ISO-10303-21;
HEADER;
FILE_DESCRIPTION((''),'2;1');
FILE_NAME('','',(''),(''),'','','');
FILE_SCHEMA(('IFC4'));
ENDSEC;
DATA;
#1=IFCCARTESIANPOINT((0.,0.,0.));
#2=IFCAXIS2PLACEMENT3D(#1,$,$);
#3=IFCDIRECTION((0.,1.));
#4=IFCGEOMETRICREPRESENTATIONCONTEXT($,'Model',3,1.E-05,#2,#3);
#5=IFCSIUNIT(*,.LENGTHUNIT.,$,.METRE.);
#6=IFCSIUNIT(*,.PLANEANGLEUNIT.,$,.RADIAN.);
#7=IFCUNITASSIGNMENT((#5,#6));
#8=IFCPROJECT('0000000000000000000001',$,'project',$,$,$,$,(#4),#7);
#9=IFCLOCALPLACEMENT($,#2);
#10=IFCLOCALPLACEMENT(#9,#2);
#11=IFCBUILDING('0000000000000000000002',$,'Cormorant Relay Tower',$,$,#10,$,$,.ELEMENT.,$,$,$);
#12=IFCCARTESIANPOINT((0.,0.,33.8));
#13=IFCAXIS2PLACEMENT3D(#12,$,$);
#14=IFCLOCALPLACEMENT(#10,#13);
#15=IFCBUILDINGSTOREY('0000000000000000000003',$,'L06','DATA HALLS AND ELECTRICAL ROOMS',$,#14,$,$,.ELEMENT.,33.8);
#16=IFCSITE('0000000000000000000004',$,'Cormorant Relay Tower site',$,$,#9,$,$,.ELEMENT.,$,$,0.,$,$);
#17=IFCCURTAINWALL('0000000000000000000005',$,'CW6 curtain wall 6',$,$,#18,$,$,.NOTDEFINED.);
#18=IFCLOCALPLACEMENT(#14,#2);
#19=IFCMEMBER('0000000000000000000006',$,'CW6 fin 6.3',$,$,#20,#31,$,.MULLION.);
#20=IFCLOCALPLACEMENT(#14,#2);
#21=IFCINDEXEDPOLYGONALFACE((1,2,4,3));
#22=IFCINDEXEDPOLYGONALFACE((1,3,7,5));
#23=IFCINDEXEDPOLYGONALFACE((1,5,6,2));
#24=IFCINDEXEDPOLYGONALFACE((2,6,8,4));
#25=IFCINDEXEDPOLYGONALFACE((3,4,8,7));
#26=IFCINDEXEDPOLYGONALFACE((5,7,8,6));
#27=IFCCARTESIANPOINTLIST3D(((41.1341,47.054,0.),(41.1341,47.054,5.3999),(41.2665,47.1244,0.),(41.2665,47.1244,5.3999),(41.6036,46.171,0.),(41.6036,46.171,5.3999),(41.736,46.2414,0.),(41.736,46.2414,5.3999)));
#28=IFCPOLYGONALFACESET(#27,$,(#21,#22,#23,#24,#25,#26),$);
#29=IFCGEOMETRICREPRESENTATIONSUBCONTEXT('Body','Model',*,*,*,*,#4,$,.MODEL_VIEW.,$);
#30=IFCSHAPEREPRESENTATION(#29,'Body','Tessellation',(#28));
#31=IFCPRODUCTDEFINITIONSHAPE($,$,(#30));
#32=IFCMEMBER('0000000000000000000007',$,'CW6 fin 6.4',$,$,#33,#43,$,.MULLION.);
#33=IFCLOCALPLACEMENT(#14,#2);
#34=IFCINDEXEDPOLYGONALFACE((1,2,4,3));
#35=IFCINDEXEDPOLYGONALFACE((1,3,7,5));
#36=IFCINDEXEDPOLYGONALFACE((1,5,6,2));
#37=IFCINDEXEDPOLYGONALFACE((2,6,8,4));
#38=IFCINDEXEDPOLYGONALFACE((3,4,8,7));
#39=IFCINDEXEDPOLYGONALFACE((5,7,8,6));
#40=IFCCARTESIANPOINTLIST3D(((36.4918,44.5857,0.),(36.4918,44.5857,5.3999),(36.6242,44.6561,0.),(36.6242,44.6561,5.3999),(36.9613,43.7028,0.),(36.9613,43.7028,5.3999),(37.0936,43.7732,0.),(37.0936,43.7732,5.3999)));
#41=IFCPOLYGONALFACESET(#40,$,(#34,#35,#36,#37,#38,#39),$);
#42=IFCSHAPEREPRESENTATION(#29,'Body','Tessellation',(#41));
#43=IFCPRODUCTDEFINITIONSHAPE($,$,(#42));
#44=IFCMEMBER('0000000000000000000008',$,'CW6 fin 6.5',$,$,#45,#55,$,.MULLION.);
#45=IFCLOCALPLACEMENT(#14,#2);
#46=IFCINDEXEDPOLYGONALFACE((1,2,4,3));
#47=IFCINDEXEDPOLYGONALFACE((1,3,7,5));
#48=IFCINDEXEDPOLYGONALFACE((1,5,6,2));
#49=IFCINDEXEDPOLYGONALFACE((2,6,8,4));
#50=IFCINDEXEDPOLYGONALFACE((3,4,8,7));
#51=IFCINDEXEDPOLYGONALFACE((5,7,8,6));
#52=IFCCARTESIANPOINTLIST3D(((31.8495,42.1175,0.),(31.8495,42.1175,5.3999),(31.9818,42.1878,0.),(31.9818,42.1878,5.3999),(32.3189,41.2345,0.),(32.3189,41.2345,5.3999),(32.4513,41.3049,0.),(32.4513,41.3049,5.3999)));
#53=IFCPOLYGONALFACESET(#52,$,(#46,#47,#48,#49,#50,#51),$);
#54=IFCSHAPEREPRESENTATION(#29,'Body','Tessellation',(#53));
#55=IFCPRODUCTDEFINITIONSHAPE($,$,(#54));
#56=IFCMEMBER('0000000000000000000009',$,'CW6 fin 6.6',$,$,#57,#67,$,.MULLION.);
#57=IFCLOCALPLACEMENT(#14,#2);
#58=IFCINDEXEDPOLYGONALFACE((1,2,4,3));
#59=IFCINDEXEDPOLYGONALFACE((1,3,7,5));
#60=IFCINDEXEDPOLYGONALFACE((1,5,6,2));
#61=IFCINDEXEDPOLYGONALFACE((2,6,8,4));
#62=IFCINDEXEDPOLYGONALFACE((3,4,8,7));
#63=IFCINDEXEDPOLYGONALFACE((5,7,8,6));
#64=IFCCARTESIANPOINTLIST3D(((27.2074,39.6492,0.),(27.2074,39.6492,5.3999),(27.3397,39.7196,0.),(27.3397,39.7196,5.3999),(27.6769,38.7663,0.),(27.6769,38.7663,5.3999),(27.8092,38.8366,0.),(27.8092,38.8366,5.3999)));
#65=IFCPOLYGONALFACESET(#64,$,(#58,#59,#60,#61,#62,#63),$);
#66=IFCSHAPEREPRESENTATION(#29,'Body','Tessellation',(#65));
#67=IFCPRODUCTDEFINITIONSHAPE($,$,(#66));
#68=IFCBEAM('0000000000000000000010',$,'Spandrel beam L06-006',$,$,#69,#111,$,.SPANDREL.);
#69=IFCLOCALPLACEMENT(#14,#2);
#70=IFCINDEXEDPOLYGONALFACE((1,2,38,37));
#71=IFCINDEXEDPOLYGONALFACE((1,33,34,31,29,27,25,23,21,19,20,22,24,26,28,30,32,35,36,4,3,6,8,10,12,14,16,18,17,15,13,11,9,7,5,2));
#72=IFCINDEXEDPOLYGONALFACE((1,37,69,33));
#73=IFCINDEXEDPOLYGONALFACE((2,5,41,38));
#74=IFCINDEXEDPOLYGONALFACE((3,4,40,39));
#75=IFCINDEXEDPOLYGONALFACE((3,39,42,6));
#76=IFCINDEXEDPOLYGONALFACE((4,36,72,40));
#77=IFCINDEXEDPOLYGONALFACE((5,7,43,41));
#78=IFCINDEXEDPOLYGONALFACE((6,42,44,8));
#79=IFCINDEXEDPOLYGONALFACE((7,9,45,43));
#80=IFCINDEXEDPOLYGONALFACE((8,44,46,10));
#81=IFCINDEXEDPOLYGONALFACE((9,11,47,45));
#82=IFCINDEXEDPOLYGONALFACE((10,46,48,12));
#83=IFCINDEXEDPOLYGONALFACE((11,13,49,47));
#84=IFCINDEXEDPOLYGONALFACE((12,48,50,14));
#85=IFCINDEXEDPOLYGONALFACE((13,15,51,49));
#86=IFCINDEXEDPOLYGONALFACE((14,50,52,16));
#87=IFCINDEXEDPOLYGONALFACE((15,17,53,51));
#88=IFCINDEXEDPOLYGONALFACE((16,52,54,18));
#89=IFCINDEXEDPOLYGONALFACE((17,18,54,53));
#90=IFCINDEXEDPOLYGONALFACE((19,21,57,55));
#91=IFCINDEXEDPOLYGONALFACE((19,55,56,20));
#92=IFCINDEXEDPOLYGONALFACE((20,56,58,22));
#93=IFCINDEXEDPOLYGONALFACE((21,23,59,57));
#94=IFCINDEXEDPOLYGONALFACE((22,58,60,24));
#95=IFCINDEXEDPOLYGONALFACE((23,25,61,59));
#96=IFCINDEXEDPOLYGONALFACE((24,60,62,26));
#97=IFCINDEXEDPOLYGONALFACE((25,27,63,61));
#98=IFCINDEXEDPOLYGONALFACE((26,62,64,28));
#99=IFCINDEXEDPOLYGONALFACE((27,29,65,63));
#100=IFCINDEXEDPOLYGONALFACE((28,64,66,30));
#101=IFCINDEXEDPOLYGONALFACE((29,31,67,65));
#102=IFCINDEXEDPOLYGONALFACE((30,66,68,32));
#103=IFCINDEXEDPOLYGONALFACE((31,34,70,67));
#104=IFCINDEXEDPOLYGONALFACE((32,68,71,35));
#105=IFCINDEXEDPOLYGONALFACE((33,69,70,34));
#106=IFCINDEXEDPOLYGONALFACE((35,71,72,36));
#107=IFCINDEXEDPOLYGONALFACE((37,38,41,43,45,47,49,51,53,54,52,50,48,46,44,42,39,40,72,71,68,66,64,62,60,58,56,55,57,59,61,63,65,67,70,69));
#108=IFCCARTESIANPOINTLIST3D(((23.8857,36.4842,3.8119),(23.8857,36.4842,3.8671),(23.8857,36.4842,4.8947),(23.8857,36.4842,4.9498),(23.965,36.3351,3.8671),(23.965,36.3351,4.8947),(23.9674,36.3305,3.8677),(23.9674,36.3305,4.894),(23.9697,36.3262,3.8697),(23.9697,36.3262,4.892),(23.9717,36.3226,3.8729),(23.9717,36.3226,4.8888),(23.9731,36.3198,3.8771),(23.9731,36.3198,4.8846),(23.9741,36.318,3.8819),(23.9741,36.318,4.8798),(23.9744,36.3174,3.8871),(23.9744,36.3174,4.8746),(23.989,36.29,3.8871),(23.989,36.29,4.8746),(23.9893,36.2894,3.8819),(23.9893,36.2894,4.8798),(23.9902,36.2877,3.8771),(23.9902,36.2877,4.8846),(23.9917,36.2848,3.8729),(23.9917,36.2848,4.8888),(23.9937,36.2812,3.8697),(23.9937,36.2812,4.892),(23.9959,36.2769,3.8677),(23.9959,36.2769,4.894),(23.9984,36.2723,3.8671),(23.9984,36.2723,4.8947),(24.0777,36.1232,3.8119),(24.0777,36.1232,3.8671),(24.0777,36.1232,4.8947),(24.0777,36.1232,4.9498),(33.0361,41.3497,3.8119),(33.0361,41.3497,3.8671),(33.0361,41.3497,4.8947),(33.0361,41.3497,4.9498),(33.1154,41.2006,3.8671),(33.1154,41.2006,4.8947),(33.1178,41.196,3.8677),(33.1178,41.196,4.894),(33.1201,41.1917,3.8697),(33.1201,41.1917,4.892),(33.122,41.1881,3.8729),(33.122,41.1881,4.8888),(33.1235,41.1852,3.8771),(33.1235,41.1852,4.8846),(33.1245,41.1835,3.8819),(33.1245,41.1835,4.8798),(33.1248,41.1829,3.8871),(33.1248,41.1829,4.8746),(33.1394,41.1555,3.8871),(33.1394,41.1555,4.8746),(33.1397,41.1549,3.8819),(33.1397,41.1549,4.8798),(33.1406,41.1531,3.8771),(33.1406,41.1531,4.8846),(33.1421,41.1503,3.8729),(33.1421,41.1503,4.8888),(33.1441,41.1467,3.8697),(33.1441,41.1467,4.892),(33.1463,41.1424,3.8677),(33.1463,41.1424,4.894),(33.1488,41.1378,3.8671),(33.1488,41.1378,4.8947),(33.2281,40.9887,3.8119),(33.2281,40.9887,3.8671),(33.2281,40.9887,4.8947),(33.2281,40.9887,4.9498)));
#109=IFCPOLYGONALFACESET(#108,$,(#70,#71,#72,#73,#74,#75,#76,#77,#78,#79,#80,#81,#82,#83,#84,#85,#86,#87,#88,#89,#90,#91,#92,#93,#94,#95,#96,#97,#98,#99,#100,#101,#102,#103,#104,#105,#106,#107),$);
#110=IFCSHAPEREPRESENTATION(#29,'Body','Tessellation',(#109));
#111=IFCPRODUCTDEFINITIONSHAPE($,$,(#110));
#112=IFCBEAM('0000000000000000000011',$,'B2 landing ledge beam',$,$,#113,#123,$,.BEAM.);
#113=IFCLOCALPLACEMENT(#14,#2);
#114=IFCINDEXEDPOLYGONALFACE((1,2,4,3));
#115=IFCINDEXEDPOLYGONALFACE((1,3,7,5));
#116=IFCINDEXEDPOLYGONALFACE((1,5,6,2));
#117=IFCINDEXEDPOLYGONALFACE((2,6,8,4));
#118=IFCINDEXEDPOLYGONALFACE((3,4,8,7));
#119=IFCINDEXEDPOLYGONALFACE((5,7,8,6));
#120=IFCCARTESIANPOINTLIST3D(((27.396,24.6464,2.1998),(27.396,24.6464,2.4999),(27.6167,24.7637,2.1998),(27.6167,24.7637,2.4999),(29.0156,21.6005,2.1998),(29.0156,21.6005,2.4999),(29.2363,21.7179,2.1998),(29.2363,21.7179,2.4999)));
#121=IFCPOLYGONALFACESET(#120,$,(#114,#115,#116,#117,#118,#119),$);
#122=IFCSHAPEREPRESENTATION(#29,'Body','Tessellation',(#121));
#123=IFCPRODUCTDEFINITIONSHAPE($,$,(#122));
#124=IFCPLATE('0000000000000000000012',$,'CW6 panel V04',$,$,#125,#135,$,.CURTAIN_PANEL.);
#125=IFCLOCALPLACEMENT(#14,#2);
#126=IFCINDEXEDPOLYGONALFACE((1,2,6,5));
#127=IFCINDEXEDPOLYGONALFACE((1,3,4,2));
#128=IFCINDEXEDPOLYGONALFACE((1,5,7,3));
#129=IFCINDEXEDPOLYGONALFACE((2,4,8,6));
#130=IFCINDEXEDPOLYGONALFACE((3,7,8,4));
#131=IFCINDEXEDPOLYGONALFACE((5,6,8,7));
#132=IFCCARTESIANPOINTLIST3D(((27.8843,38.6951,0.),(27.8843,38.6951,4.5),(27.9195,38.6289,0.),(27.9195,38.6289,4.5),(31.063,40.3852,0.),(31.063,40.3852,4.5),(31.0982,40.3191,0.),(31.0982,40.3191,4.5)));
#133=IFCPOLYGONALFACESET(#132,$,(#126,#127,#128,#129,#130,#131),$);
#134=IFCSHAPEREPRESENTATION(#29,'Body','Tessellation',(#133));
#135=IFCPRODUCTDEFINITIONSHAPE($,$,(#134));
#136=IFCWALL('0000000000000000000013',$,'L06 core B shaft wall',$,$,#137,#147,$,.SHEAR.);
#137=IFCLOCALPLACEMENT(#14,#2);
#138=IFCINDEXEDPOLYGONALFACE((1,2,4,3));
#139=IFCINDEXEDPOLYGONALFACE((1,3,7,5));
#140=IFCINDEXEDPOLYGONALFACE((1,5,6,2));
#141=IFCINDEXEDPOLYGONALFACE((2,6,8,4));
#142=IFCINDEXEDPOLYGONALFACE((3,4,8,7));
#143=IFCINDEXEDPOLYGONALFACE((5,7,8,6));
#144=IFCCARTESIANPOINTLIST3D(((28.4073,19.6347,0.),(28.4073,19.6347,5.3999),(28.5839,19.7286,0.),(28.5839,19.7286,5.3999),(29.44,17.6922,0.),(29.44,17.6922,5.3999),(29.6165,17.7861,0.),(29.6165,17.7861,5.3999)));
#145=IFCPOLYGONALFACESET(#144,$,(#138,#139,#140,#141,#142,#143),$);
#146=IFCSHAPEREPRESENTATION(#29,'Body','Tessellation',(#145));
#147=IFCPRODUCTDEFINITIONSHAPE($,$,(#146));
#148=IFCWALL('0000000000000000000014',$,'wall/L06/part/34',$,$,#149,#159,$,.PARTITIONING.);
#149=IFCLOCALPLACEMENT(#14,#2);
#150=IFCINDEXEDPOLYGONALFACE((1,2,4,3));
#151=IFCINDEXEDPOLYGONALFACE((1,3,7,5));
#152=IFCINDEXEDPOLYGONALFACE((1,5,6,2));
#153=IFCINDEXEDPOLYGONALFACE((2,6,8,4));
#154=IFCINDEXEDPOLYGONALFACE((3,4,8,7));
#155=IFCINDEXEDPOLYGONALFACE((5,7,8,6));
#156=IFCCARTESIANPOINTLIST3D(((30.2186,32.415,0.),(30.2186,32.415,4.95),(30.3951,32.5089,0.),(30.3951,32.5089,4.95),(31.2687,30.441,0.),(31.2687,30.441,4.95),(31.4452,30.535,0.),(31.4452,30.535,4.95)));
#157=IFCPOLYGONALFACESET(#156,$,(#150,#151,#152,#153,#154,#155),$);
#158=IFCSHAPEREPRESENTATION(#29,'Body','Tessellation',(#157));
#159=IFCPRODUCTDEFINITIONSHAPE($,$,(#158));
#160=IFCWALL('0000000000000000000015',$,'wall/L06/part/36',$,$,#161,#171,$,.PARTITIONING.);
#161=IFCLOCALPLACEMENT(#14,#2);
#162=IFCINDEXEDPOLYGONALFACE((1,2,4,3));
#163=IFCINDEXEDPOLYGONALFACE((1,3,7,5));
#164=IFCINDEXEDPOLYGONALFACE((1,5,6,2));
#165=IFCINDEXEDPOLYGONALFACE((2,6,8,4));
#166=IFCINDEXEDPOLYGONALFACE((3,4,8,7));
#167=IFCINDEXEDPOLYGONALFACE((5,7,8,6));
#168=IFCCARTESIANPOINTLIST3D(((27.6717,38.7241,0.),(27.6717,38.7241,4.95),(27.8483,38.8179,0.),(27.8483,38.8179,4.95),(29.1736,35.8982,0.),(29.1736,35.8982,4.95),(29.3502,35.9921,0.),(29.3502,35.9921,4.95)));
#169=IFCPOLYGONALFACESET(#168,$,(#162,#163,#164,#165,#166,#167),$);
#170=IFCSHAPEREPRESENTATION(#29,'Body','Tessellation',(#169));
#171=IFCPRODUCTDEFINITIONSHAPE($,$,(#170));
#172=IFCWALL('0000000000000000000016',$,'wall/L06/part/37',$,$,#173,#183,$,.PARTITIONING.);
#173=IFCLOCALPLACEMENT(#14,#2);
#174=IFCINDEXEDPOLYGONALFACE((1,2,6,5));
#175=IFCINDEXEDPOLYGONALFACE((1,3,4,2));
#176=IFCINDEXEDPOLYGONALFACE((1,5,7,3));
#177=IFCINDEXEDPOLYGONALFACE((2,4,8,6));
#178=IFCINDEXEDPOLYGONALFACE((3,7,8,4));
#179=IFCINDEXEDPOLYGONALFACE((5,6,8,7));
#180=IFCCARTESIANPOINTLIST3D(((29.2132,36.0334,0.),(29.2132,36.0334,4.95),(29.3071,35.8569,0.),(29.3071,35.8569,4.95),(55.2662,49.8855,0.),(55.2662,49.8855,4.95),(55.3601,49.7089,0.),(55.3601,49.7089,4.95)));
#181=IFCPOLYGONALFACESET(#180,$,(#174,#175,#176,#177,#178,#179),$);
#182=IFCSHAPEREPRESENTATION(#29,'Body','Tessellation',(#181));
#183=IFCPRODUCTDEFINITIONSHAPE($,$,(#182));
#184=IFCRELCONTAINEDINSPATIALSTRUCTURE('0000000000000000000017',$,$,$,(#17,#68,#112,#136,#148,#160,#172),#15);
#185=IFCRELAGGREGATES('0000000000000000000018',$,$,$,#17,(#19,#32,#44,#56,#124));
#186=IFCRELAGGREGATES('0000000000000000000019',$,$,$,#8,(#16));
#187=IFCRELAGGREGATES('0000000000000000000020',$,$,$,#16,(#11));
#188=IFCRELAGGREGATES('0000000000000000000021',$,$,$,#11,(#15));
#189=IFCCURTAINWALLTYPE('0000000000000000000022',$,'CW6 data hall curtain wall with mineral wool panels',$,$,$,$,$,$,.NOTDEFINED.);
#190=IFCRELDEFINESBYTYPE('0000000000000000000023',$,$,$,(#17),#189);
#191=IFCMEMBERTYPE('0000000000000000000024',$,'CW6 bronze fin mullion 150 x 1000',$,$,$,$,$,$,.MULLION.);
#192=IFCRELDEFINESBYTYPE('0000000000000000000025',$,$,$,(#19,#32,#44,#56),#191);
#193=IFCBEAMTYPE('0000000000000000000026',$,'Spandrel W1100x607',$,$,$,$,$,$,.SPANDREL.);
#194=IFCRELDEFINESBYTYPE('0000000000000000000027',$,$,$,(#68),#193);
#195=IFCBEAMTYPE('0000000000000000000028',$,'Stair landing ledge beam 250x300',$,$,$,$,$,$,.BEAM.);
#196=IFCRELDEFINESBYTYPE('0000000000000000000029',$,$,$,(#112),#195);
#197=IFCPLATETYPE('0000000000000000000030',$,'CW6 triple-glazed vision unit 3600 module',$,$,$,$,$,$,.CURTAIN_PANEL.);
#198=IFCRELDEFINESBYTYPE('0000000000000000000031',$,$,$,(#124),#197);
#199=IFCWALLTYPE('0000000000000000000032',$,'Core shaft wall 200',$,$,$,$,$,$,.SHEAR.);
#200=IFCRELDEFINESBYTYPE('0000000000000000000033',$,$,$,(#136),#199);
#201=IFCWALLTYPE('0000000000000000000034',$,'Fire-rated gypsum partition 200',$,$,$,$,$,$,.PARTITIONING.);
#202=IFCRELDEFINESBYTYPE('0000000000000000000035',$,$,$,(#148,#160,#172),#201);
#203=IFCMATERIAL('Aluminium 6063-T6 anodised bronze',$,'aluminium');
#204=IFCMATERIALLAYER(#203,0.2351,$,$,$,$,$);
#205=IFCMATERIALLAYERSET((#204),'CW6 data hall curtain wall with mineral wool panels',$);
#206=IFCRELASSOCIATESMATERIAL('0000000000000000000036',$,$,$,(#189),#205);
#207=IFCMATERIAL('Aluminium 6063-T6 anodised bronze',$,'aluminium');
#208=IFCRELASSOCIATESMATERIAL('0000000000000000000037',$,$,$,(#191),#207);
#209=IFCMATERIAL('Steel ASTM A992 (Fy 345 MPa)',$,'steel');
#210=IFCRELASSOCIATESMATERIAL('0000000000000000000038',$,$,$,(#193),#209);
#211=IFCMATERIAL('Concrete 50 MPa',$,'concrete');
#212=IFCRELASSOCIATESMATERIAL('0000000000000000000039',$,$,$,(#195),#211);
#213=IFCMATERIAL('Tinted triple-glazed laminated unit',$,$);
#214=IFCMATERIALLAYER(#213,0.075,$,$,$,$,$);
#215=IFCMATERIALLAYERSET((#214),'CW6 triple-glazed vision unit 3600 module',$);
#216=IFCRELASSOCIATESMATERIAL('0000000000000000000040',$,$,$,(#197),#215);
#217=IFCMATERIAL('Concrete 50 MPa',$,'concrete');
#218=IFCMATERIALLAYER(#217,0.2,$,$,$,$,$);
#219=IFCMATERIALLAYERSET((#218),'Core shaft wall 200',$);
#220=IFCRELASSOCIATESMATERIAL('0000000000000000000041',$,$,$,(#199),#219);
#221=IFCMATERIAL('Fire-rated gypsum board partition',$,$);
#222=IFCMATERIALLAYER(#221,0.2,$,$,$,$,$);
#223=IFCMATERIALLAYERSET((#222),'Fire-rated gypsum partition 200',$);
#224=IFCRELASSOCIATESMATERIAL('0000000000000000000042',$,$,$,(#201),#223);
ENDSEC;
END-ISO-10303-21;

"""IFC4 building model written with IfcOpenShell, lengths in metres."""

from ifc_helpers import new_model, si_unit, direction, frame, frame_2d, origin, origin_2d, place, context, subcontext, project, spatial, rectangle, i_section, extrude, material, layer, layer_set, material_profile, profile_set, type_object, element, aggregate, save


model = new_model("IFC4")

# Units and contexts
model_context = context("Model", 3, precision=1e-05, world=origin(), true_north=direction((0.0, 1.0)))
body_context = subcontext(model_context, "Body", "Model", "MODEL_VIEW")
ifc_project = project(units=[si_unit("LENGTHUNIT", "METRE"), si_unit("PLANEANGLEUNIT", "RADIAN")], contexts=[model_context])

# Site, building, storey
site_placement = place(None, origin())
site = spatial("IfcSite", under=ifc_project, at=site_placement, Name="Cormorant Relay Tower site", CompositionType="ELEMENT", RefElevation=0.0)
building_placement = place(site_placement, origin())
building = spatial("IfcBuilding", under=site, at=building_placement, Name="Cormorant Relay Tower", CompositionType="ELEMENT")
storey_placement = place(building_placement, frame((0.0, 0.0, 33.8)))
storey = spatial("IfcBuildingStorey", under=building, at=storey_placement, Name="L06", Description="DATA HALLS AND ELECTRICAL ROOMS", CompositionType="ELEMENT", Elevation=33.8)

# Curtain wall, members
ifc_material_1 = material(Name="Aluminium 6063-T6 anodised bronze", Category="aluminium")
ifc_layer_1 = layer(ifc_material_1, 0.2351)
ifc_layer_set_1 = layer_set([ifc_layer_1], Name="CW6 data hall curtain wall with mineral wool panels")
curtain_wall_type = type_object("IfcCurtainWallType", Name="CW6 data hall curtain wall with mineral wool panels", PredefinedType="NOTDEFINED", material=ifc_layer_set_1)
curtain_wall_placement = place(storey_placement, origin())
curtain_wall = element("IfcCurtainWall", 1, at=curtain_wall_placement, inside=storey, type_object=curtain_wall_type, Name="CW6 curtain wall 6", PredefinedType="NOTDEFINED")
ifc_material_2 = material(Name="Aluminium 6063-T6 anodised bronze", Category="aluminium")
ifc_material_profile_1 = material_profile(ifc_material_2, rectangle(XDim=0.1499, YDim=1.0, at=origin_2d()), Name="AL 150x1000")
ifc_profile_set_1 = profile_set([ifc_material_profile_1], Name="Aluminium 6063-T6 anodised bronze")
member_type = type_object("IfcMemberType", Name="CW6 bronze fin mullion 150 x 1000", PredefinedType="MULLION", material=ifc_profile_set_1)
member_1_placement = place(storey_placement, frame((41.4351, 46.6477, 0.0), z_axis=(0.0, 0.0, 1.0), x_axis=(-0.882948, -0.469472, 0.0)))
member_1 = element("IfcMember", 2, at=member_1_placement, type_object=member_type, Name="CW6 fin 6.3", PredefinedType="MULLION", context=body_context, shape_type="SweptSolid", body=[
    extrude(rectangle(XDim=0.1499, YDim=1.0, at=origin_2d()), origin(), (0.0, 0.0, 1.0), 5.3999),
])
member_2_placement = place(storey_placement, frame((36.7927, 44.1794, 0.0), z_axis=(0.0, 0.0, 1.0), x_axis=(-0.882948, -0.469472, 0.0)))
member_2 = element("IfcMember", 3, at=member_2_placement, type_object=member_type, Name="CW6 fin 6.4", PredefinedType="MULLION", context=body_context, shape_type="SweptSolid", body=[
    extrude(rectangle(XDim=0.1499, YDim=1.0, at=origin_2d()), origin(), (0.0, 0.0, 1.0), 5.3999),
])
member_3_placement = place(storey_placement, frame((32.1504, 41.7112, 0.0), z_axis=(0.0, 0.0, 1.0), x_axis=(-0.882948, -0.469472, 0.0)))
member_3 = element("IfcMember", 4, at=member_3_placement, type_object=member_type, Name="CW6 fin 6.5", PredefinedType="MULLION", context=body_context, shape_type="SweptSolid", body=[
    extrude(rectangle(XDim=0.1499, YDim=1.0, at=origin_2d()), origin(), (0.0, 0.0, 1.0), 5.3999),
])
member_4_placement = place(storey_placement, frame((27.5083, 39.2429, 0.0), z_axis=(0.0, 0.0, 1.0), x_axis=(-0.882948, -0.469472, 0.0)))
member_4 = element("IfcMember", 5, at=member_4_placement, type_object=member_type, Name="CW6 fin 6.6", PredefinedType="MULLION", context=body_context, shape_type="SweptSolid", body=[
    extrude(rectangle(XDim=0.1499, YDim=1.0, at=origin_2d()), origin(), (0.0, 0.0, 1.0), 5.3999),
])

# Beams
ifc_material_3 = material(Name="Steel ASTM A992 (Fy 345 MPa)", Category="steel")
ifc_material_profile_2 = material_profile(ifc_material_3, i_section(OverallWidth=0.4089, OverallDepth=1.1379, WebThickness=0.031, FlangeThickness=0.0552, FilletRadius=0.02, at=origin_2d()), Name="W1100x607")
ifc_profile_set_2 = profile_set([ifc_material_profile_2], Name="Steel ASTM A992 (Fy 345 MPa)")
beam_type_1 = type_object("IfcBeamType", Name="Spandrel W1100x607", PredefinedType="SPANDREL", material=ifc_profile_set_2)
beam_1_placement = place(storey_placement, frame((33.1321, 41.1692, 4.3809), z_axis=(-0.882942, -0.469481, 0.0), x_axis=(0.469481, -0.882942, 0.0)))
element("IfcBeam", 6, at=beam_1_placement, inside=storey, type_object=beam_type_1, Name="Spandrel beam L06-006", PredefinedType="SPANDREL", context=body_context, shape_type="SweptSolid", body=[
    extrude(i_section(OverallWidth=0.4089, OverallDepth=1.1379, WebThickness=0.031, FlangeThickness=0.0552, FilletRadius=0.02, at=origin_2d()), origin(), (0.0, 0.0, 1.0), 10.3635),
])
ifc_material_4 = material(Name="Concrete 50 MPa", Category="concrete")
ifc_material_profile_3 = material_profile(ifc_material_4, rectangle(XDim=0.25, YDim=0.3, at=origin_2d()), Name="RC 250x300")
ifc_profile_set_3 = profile_set([ifc_material_profile_3], Name="Concrete 50 MPa")
beam_type_2 = type_object("IfcBeamType", Name="Stair landing ledge beam 250x300", PredefinedType="BEAM", material=ifc_profile_set_3)
beam_2_placement = place(storey_placement, frame((29.126, 21.6592, 2.3499), z_axis=(-0.469493, 0.882936, 0.0), x_axis=(-0.882936, -0.469493, 0.0)))
element("IfcBeam", 7, at=beam_2_placement, inside=storey, type_object=beam_type_2, Name="B2 landing ledge beam", PredefinedType="BEAM", context=body_context, shape_type="SweptSolid", body=[
    extrude(rectangle(XDim=0.25, YDim=0.3, at=origin_2d()), origin(), (0.0, 0.0, 1.0), 3.4497),
])

# Plate
ifc_material_5 = material(Name="Tinted triple-glazed laminated unit")
ifc_layer_2 = layer(ifc_material_5, 0.075)
ifc_layer_set_2 = layer_set([ifc_layer_2], Name="CW6 triple-glazed vision unit 3600 module")
plate_type = type_object("IfcPlateType", Name="CW6 triple-glazed vision unit 3600 module", PredefinedType="CURTAIN_PANEL", material=ifc_layer_set_2)
plate_placement = place(storey_placement, frame((29.4912, 39.5071, 0.0), z_axis=(0.0, 0.0, 1.0), x_axis=(-0.882948, -0.469472, 0.0)))
plate = element("IfcPlate", 8, at=plate_placement, type_object=plate_type, Name="CW6 panel V04", PredefinedType="CURTAIN_PANEL", context=body_context, shape_type="SweptSolid", body=[
    extrude(rectangle(XDim=3.6001, YDim=0.075, at=origin_2d()), origin(), (0.0, 0.0, 1.0), 4.5),
])

# Walls
ifc_material_6 = material(Name="Concrete 50 MPa", Category="concrete")
ifc_layer_3 = layer(ifc_material_6, 0.2)
ifc_layer_set_3 = layer_set([ifc_layer_3], Name="Core shaft wall 200")
wall_type_1 = type_object("IfcWallType", Name="Core shaft wall 200", PredefinedType="SHEAR", material=ifc_layer_set_3)
wall_1_placement = place(storey_placement, frame((29.5283, 17.739, 0.0), z_axis=(0.0, 0.0, 1.0), x_axis=(-0.469401, 0.882985, 0.0)))
element("IfcWall", 9, at=wall_1_placement, inside=storey, type_object=wall_type_1, Name="L06 core B shaft wall", PredefinedType="SHEAR", context=body_context, shape_type="SweptSolid", body=[
    extrude(rectangle(XDim=2.2, YDim=0.2, at=frame_2d((1.1001, 0.0))), origin(), (0.0, 0.0, 1.0), 5.3999),
])
ifc_material_7 = material(Name="Fire-rated gypsum board partition")
ifc_layer_4 = layer(ifc_material_7, 0.2)
ifc_layer_set_4 = layer_set([ifc_layer_4], Name="Fire-rated gypsum partition 200")
wall_type_2 = type_object("IfcWallType", Name="Fire-rated gypsum partition 200", PredefinedType="PARTITIONING", material=ifc_layer_set_4)
wall_2_placement = place(storey_placement, frame((30.3069, 32.4619, 0.0), z_axis=(0.0, 0.0, 1.0), x_axis=(0.469653, -0.882851, 0.0)))
element("IfcWall", 10, at=wall_2_placement, inside=storey, type_object=wall_type_2, Name="wall/L06/part/34", PredefinedType="PARTITIONING", context=body_context, shape_type="SweptSolid", body=[
    extrude(rectangle(XDim=2.2358, YDim=0.2, at=frame_2d((1.1179, 0.0))), origin(), (0.0, 0.0, 1.0), 4.95),
])
wall_3_placement = place(storey_placement, frame((27.76, 38.771, 0.0), z_axis=(0.0, 0.0, 1.0), x_axis=(0.469321, -0.883028, 0.0)))
element("IfcWall", 11, at=wall_3_placement, inside=storey, type_object=wall_type_2, Name="wall/L06/part/36", PredefinedType="PARTITIONING", context=body_context, shape_type="SweptSolid", body=[
    extrude(rectangle(XDim=3.2002, YDim=0.2, at=frame_2d((1.6001, 0.0))), origin(), (0.0, 0.0, 1.0), 4.95),
])
wall_4_placement = place(storey_placement, frame((29.26, 35.9451, 0.0), z_axis=(0.0, 0.0, 1.0), x_axis=(0.882956, 0.469457, 0.0)))
element("IfcWall", 12, at=wall_4_placement, inside=storey, type_object=wall_type_2, Name="wall/L06/part/37", PredefinedType="PARTITIONING", context=body_context, shape_type="SweptSolid", body=[
    extrude(rectangle(XDim=29.5066, YDim=0.2, at=frame_2d((14.7534, 0.0))), origin(), (0.0, 0.0, 1.0), 4.95),
])

aggregate(curtain_wall, [member_1, member_2, member_3, member_4, plate])

save(model, "model.ifc")
